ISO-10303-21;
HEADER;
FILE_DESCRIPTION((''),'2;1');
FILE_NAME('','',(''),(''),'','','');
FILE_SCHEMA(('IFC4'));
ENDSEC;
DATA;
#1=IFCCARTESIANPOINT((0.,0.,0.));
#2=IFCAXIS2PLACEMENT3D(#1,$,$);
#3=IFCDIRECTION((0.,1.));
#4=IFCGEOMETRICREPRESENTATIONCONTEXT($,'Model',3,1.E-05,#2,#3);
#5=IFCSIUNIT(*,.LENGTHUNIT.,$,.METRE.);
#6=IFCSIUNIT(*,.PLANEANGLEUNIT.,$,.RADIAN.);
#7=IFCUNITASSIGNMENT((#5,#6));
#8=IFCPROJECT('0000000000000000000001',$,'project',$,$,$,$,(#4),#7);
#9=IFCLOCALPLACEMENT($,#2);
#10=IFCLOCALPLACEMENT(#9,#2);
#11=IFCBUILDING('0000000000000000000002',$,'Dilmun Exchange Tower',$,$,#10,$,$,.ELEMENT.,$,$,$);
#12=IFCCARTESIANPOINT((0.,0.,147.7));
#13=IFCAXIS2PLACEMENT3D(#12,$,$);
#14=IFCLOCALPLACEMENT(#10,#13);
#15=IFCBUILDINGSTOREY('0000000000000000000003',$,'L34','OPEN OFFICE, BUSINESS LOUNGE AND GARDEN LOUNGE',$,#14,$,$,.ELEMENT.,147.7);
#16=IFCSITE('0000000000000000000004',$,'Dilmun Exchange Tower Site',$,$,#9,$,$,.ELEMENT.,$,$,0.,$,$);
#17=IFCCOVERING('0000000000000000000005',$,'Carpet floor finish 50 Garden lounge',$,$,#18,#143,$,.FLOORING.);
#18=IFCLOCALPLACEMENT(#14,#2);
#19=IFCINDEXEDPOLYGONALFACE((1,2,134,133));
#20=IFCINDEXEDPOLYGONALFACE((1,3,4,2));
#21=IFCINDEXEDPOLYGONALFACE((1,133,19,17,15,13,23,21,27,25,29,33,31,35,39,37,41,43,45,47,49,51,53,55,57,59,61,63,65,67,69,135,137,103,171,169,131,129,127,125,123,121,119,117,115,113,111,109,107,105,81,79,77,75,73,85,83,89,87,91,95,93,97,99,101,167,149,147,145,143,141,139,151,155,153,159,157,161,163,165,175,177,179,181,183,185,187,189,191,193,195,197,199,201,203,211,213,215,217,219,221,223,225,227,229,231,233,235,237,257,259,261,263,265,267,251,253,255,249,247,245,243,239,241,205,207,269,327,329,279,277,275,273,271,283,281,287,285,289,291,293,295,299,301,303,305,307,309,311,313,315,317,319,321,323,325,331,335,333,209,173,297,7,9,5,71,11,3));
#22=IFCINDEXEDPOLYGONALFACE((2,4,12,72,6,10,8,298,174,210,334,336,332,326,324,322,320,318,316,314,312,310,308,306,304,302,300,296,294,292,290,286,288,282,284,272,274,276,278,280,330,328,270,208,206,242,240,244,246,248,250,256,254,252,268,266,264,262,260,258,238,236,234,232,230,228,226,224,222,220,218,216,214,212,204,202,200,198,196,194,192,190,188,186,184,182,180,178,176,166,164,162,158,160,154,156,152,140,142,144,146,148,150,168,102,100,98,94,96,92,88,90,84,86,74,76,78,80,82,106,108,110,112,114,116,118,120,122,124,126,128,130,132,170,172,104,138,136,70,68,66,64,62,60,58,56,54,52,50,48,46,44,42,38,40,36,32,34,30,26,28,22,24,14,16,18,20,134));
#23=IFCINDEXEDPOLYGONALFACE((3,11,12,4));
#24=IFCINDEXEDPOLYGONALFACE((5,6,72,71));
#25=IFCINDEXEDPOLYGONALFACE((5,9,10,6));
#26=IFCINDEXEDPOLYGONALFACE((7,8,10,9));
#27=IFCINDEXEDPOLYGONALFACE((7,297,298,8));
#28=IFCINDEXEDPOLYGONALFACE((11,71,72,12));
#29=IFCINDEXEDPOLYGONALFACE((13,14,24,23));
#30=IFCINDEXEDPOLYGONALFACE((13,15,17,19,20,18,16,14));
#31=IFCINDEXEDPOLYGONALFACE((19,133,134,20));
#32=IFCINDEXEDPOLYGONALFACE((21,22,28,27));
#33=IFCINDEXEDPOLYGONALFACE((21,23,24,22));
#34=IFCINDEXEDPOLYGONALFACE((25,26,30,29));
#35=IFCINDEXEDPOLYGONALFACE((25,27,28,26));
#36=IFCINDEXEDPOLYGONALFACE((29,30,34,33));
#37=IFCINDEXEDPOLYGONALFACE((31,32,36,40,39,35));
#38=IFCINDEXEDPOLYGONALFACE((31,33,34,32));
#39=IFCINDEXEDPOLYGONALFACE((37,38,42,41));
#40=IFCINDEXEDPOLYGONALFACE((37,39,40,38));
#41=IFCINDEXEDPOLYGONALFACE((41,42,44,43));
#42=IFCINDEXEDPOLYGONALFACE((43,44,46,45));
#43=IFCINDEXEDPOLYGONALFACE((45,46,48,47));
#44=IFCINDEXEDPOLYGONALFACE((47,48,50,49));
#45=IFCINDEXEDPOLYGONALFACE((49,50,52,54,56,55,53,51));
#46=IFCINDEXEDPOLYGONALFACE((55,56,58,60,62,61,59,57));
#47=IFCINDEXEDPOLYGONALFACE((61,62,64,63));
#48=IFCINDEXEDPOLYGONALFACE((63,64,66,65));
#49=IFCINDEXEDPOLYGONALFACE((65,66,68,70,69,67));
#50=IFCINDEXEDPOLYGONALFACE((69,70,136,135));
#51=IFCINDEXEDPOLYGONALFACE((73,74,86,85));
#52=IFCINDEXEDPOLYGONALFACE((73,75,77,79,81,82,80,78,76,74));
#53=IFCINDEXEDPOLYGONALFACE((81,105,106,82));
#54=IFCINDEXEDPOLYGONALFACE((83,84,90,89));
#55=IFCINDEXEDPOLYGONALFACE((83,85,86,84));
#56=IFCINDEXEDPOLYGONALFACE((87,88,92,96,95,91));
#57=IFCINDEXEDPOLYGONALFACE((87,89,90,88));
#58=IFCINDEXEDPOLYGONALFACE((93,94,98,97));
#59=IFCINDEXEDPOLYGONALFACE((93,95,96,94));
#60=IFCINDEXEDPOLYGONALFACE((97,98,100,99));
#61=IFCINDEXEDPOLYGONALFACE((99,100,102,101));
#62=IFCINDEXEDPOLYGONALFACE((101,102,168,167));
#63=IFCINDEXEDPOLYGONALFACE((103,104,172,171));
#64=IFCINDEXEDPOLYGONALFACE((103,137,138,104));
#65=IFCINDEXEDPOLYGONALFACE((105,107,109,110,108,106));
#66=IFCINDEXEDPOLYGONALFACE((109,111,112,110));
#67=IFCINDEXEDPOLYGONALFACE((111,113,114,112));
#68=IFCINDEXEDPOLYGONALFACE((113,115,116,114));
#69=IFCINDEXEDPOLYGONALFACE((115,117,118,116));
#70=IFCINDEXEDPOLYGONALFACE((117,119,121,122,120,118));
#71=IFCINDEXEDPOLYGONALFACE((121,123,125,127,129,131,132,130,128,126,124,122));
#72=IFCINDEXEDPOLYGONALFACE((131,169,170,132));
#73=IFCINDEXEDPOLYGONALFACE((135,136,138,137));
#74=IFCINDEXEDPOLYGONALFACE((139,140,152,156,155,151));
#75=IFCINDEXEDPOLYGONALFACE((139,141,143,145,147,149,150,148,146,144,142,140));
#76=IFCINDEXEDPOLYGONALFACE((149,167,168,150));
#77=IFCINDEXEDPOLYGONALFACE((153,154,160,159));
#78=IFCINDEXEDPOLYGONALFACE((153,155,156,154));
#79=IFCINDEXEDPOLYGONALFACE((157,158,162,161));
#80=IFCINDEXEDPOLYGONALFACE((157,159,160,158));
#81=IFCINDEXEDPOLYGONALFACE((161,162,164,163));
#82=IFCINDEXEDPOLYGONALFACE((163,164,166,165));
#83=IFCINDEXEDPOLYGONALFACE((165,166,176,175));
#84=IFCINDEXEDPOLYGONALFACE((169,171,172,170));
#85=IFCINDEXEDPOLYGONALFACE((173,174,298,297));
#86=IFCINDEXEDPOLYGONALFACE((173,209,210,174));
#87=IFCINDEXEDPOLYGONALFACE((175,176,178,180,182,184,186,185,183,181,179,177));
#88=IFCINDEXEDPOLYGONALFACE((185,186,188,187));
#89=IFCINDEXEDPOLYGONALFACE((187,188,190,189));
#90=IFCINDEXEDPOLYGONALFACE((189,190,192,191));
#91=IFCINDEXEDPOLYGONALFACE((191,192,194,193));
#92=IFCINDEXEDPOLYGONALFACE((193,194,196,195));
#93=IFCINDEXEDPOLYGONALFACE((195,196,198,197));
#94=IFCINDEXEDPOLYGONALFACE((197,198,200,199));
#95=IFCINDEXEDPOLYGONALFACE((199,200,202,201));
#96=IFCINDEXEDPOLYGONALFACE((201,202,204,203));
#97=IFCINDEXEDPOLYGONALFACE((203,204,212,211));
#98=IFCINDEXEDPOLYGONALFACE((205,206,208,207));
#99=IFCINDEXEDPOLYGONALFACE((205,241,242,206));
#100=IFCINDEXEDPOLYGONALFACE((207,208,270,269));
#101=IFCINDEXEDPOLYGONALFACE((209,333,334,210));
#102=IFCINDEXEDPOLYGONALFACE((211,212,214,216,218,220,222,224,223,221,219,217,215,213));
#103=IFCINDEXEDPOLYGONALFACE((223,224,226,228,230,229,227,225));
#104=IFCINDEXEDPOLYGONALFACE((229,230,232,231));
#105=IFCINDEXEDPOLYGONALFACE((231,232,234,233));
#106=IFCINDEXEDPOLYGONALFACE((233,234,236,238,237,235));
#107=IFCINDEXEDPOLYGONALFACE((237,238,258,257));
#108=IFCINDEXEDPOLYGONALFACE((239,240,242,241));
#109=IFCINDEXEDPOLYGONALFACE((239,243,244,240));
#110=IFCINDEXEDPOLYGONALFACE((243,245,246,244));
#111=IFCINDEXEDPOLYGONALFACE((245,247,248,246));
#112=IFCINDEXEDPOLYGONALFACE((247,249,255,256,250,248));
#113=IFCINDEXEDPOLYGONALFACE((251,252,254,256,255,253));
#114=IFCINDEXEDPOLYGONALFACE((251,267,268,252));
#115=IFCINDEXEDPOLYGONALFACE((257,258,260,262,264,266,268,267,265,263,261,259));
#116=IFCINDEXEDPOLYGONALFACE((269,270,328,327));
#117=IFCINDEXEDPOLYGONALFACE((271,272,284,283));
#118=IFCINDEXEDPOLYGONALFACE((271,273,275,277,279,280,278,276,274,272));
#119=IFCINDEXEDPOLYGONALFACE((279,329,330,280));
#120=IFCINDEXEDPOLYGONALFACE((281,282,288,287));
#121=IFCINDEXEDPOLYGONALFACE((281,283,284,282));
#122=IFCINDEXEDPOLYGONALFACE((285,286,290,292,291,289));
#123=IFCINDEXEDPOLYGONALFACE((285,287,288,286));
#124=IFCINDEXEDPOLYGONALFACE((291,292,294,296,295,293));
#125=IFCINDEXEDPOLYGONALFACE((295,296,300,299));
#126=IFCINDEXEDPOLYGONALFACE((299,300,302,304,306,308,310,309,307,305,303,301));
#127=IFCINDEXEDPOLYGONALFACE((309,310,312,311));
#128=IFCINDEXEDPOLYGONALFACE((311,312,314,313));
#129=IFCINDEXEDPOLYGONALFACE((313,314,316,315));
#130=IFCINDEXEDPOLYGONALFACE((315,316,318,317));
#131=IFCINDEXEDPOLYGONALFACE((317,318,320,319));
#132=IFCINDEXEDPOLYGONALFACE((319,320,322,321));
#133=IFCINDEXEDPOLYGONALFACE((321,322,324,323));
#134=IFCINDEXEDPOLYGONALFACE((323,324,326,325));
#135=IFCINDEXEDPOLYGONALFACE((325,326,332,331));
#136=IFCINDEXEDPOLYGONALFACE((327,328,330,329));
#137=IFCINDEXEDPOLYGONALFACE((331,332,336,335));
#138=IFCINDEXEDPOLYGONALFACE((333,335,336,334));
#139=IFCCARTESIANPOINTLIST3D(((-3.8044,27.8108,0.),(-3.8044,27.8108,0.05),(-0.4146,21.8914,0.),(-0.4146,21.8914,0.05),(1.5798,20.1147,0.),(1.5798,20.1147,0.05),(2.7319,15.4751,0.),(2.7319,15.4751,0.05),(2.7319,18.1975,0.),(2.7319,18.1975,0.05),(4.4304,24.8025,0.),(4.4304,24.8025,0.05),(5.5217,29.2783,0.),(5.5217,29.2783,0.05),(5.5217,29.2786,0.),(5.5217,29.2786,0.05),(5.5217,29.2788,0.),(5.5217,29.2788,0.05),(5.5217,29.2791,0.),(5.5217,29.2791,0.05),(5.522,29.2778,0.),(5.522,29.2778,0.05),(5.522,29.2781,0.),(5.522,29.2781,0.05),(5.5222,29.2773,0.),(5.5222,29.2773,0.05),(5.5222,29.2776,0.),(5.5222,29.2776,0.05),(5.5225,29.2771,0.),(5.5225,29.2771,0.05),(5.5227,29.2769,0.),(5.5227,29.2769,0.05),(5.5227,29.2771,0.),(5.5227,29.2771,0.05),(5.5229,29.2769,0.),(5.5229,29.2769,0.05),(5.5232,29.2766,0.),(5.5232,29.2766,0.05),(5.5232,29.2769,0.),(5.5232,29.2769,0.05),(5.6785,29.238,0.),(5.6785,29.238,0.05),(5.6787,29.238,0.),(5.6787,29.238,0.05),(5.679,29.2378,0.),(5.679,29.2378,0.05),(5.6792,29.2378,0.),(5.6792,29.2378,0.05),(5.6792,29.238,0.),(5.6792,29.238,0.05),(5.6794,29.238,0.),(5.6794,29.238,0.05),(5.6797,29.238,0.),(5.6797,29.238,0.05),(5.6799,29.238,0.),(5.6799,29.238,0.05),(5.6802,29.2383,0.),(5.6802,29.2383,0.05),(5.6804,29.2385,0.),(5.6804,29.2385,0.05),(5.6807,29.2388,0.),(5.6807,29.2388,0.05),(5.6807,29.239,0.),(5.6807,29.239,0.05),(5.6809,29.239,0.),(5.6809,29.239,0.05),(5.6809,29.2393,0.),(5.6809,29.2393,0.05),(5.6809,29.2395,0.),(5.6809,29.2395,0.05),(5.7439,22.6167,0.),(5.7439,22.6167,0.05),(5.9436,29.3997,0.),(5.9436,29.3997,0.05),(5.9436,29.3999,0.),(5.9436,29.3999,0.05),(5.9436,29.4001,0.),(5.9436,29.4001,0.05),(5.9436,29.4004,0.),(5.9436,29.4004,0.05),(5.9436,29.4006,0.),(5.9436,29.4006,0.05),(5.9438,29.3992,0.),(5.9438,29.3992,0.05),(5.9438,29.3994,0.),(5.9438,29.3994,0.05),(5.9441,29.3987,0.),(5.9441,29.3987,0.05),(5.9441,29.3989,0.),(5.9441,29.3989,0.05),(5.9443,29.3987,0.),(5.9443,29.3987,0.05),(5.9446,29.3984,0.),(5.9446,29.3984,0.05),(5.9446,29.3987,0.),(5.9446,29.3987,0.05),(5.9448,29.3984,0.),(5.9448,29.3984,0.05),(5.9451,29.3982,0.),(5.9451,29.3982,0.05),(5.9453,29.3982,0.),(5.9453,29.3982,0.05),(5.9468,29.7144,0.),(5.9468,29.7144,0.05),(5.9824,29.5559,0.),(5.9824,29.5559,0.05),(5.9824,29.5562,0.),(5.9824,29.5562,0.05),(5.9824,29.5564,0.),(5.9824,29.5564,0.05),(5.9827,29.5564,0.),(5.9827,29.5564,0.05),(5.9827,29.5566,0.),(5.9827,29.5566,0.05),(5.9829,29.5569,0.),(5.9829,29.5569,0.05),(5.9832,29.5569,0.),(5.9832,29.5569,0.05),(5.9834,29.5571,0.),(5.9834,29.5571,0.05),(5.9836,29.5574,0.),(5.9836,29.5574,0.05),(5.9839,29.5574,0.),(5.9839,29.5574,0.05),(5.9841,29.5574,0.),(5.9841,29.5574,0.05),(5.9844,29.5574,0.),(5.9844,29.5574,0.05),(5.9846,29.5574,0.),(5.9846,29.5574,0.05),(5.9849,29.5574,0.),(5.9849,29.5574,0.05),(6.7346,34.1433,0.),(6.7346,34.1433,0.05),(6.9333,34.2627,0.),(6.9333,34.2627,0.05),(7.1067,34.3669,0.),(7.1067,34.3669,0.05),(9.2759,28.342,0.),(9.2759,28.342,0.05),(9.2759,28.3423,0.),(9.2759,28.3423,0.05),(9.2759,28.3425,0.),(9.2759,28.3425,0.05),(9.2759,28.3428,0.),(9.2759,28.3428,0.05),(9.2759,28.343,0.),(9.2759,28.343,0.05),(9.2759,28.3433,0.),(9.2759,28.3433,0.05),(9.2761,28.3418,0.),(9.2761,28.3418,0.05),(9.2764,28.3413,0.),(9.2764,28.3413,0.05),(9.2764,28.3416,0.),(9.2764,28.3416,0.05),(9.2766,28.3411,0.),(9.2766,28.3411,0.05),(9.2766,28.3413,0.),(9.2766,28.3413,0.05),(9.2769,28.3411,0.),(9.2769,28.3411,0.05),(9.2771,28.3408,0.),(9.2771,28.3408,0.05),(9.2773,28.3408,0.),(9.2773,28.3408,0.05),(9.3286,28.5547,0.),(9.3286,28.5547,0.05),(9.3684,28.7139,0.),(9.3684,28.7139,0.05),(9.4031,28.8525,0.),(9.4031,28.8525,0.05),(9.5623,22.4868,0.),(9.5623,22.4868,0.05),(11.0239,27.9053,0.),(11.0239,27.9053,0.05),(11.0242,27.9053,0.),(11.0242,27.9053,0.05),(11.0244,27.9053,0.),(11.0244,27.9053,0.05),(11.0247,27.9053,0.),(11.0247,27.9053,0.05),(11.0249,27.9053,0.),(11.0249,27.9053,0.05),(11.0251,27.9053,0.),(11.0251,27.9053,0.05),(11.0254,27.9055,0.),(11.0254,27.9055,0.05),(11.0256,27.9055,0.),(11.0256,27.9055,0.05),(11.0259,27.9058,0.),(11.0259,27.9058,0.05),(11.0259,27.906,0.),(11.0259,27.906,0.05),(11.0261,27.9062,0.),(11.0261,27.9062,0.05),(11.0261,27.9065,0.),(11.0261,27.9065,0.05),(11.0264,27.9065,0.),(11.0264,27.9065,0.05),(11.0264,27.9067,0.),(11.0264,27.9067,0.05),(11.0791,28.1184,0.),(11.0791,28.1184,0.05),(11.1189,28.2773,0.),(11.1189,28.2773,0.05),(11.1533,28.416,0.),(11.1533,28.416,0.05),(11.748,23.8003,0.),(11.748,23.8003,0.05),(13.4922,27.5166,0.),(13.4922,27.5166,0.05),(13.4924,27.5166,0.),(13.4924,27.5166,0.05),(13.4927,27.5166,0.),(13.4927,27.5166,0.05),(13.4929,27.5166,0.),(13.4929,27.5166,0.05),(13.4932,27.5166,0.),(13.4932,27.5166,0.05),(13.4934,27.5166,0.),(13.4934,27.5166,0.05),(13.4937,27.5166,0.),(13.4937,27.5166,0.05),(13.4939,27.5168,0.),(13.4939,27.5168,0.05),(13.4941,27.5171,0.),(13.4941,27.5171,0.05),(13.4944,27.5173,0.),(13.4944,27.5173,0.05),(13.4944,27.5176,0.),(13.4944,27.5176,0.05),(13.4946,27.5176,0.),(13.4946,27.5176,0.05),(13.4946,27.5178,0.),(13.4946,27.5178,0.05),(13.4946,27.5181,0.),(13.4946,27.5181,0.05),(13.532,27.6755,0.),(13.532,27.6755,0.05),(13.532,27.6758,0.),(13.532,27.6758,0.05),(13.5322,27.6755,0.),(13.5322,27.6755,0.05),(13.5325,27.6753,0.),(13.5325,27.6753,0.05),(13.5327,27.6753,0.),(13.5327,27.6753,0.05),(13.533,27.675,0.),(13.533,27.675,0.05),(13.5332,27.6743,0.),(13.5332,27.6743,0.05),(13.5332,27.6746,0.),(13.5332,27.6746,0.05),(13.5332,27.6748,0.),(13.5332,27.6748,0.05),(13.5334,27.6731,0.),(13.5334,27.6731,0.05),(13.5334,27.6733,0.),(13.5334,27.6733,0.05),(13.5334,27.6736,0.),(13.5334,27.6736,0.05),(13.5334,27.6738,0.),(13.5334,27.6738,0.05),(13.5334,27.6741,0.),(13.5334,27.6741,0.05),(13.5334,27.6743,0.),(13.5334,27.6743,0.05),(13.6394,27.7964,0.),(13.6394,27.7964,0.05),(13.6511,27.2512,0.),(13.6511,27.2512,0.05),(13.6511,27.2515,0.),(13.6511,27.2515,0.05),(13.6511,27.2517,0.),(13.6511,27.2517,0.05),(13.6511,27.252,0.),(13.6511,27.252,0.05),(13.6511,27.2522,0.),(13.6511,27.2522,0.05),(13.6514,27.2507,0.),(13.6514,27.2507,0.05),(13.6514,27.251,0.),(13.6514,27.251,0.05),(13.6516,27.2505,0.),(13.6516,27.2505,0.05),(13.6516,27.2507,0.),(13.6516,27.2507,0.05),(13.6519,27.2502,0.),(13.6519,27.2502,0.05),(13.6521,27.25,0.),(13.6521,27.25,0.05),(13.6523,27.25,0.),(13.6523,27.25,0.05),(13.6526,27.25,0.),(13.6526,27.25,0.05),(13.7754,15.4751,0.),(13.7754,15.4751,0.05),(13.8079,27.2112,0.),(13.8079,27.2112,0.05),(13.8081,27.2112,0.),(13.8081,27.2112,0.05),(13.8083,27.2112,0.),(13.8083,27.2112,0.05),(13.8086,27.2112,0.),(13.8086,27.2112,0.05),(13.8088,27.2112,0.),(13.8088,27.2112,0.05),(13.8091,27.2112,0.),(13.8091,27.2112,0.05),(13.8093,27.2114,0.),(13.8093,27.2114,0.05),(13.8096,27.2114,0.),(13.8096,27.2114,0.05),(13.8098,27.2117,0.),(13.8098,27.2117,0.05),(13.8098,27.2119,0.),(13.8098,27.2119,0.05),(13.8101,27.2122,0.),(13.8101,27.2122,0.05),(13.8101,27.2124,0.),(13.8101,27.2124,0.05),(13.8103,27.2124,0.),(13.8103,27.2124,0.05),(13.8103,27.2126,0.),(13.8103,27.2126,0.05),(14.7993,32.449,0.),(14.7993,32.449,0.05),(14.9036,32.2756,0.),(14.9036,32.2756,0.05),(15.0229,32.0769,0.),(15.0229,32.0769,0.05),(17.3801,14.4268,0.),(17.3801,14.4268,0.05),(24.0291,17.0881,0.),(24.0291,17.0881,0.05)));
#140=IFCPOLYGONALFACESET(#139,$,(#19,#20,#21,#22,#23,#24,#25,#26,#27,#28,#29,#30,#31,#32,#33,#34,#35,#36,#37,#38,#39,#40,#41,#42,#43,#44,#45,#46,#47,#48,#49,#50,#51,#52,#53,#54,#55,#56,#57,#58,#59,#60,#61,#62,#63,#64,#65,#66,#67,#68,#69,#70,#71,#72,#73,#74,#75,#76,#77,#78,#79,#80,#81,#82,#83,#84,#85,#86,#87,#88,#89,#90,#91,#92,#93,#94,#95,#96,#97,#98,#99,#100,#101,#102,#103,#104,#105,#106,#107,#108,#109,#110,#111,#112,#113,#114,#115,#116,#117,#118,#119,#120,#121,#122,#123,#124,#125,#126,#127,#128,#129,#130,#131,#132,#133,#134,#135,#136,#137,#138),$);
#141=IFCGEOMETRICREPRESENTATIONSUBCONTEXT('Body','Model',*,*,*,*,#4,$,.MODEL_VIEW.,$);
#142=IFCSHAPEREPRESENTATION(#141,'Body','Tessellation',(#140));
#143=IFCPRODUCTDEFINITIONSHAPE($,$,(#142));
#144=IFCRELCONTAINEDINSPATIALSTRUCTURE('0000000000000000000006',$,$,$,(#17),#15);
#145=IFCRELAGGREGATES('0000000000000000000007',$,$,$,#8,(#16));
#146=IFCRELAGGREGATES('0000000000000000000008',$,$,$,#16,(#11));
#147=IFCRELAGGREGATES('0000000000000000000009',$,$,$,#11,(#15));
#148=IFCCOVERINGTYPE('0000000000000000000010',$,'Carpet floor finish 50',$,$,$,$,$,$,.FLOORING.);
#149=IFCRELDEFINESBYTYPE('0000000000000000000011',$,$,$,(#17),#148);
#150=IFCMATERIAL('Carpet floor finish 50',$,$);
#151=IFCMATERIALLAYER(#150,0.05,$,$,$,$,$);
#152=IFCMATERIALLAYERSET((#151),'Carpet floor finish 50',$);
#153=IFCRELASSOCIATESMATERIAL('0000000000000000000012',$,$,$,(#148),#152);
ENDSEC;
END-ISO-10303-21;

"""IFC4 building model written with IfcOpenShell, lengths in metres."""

from ifc_helpers import new_model, si_unit, direction, frame, origin, place, context, subcontext, project, spatial, polyline, outline, extrude, material, layer, layer_set, type_object, element, save


model = new_model("IFC4")

# Units and contexts
model_context = context("Model", 3, precision=1e-05, world=origin(), true_north=direction((0.0, 1.0)))
body_context = subcontext(model_context, "Body", "Model", "MODEL_VIEW")
ifc_project = project(units=[si_unit("LENGTHUNIT", "METRE"), si_unit("PLANEANGLEUNIT", "RADIAN")], contexts=[model_context])

# Site, building, storey
site_placement = place(None, origin())
site = spatial("IfcSite", under=ifc_project, at=site_placement, Name="Dilmun Exchange Tower Site", CompositionType="ELEMENT", RefElevation=0.0)
building_placement = place(site_placement, origin())
building = spatial("IfcBuilding", under=site, at=building_placement, Name="Dilmun Exchange Tower", CompositionType="ELEMENT")
storey_placement = place(building_placement, frame((0.0, 0.0, 147.7)))
storey = spatial("IfcBuildingStorey", under=building, at=storey_placement, Name="L34", Description="OPEN OFFICE, BUSINESS LOUNGE AND GARDEN LOUNGE", CompositionType="ELEMENT", Elevation=147.7)

# Covering
ifc_material_1 = material(Name="Carpet floor finish 50")
ifc_layer_1 = layer(ifc_material_1, 0.05)
ifc_layer_set_1 = layer_set([ifc_layer_1], Name="Carpet floor finish 50")
covering_type_1 = type_object("IfcCoveringType", Name="Carpet floor finish 50", PredefinedType="FLOORING", material=ifc_layer_set_1)
covering_1_placement = place(storey_placement, origin())
element("IfcCovering", 1, at=covering_1_placement, inside=storey, type_object=covering_type_1, Name="Carpet floor finish 50 Garden lounge", PredefinedType="FLOORING", context=body_context, shape_type="SweptSolid", body=[
    extrude(outline(polyline([(2.7319, 15.4751), (2.7319, 18.1975), (1.5798, 20.1147), (5.7439, 22.6167), (4.4304, 24.8025), (-0.4146, 21.8914), (-3.8044, 27.8108), (6.7346, 34.1433), (5.5217, 29.2791), (5.5217, 29.2788), (5.5217, 29.2788), (5.5217, 29.2786), (5.5217, 29.2783), (5.5217, 29.2783), (5.522, 29.2781), (5.522, 29.2778), (5.5222, 29.2776), (5.5222, 29.2776), (5.5222, 29.2773), (5.5225, 29.2771), (5.5227, 29.2771), (5.5227, 29.2769), (5.5229, 29.2769), (5.5232, 29.2769), (5.5232, 29.2766), (5.6785, 29.238), (5.6787, 29.238), (5.679, 29.2378), (5.6792, 29.2378), (5.6792, 29.238), (5.6794, 29.238), (5.6797, 29.238), (5.6799, 29.238), (5.6802, 29.2383), (5.6802, 29.2383), (5.6804, 29.2385), (5.6804, 29.2385), (5.6807, 29.2388), (5.6807, 29.239), (5.6809, 29.239), (5.6809, 29.2393), (5.6809, 29.2395), (6.9333, 34.2627), (7.1067, 34.3669), (5.9468, 29.7144), (9.4031, 28.8525), (9.3684, 28.7139), (5.9849, 29.5574), (5.9846, 29.5574), (5.9844, 29.5574), (5.9844, 29.5574), (5.9841, 29.5574), (5.9839, 29.5574), (5.9836, 29.5574), (5.9834, 29.5571), (5.9834, 29.5571), (5.9832, 29.5569), (5.9829, 29.5569), (5.9829, 29.5569), (5.9827, 29.5566), (5.9827, 29.5564), (5.9824, 29.5564), (5.9824, 29.5562), (5.9824, 29.5559), (5.9436, 29.4006), (5.9436, 29.4004), (5.9436, 29.4004), (5.9436, 29.4001), (5.9436, 29.3999), (5.9436, 29.3997), (5.9438, 29.3994), (5.9438, 29.3994), (5.9438, 29.3992), (5.9441, 29.3989), (5.9441, 29.3987), (5.9443, 29.3987), (5.9446, 29.3987), (5.9446, 29.3984), (5.9448, 29.3984), (5.9451, 29.3982), (5.9453, 29.3982), (9.3286, 28.5547), (9.2759, 28.3433), (9.2759, 28.343), (9.2759, 28.3428), (9.2759, 28.3425), (9.2759, 28.3423), (9.2759, 28.3423), (9.2759, 28.342), (9.2761, 28.3418), (9.2761, 28.3418), (9.2764, 28.3416), (9.2764, 28.3413), (9.2766, 28.3413), (9.2766, 28.3411), (9.2769, 28.3411), (9.2771, 28.3408), (9.2771, 28.3408), (9.2773, 28.3408), (11.0239, 27.9053), (11.0242, 27.9053), (11.0244, 27.9053), (11.0244, 27.9053), (11.0247, 27.9053), (11.0249, 27.9053), (11.0251, 27.9053), (11.0254, 27.9055), (11.0254, 27.9055), (11.0256, 27.9055), (11.0259, 27.9058), (11.0259, 27.906), (11.0259, 27.906), (11.0261, 27.9062), (11.0261, 27.9065), (11.0264, 27.9065), (11.0264, 27.9067), (11.0791, 28.1184), (13.4922, 27.5166), (13.4924, 27.5166), (13.4927, 27.5166), (13.4929, 27.5166), (13.4929, 27.5166), (13.4932, 27.5166), (13.4934, 27.5166), (13.4937, 27.5166), (13.4939, 27.5168), (13.4939, 27.5168), (13.4941, 27.5171), (13.4941, 27.5171), (13.4944, 27.5173), (13.4944, 27.5176), (13.4946, 27.5176), (13.4946, 27.5178), (13.4946, 27.5181), (13.5334, 27.6731), (13.5334, 27.6733), (13.5334, 27.6736), (13.5334, 27.6738), (13.5334, 27.6741), (13.5334, 27.6743), (13.5332, 27.6743), (13.5332, 27.6746), (13.5332, 27.6748), (13.5332, 27.6748), (13.533, 27.675), (13.5327, 27.6753), (13.5327, 27.6753), (13.5325, 27.6753), (13.5322, 27.6755), (13.532, 27.6755), (13.532, 27.6758), (11.1189, 28.2773), (11.1533, 28.416), (13.6394, 27.7964), (14.7993, 32.449), (14.9036, 32.2756), (13.6511, 27.2522), (13.6511, 27.2522), (13.6511, 27.252), (13.6511, 27.2517), (13.6511, 27.2517), (13.6511, 27.2515), (13.6511, 27.2512), (13.6514, 27.251), (13.6514, 27.2507), (13.6516, 27.2507), (13.6516, 27.2505), (13.6516, 27.2505), (13.6519, 27.2502), (13.6521, 27.25), (13.6521, 27.25), (13.6523, 27.25), (13.6526, 27.25), (13.8079, 27.2112), (13.8081, 27.2112), (13.8081, 27.2112), (13.8083, 27.2112), (13.8086, 27.2112), (13.8088, 27.2112), (13.8091, 27.2112), (13.8091, 27.2112), (13.8093, 27.2114), (13.8096, 27.2114), (13.8098, 27.2117), (13.8098, 27.2119), (13.8098, 27.2119), (13.8101, 27.2122), (13.8101, 27.2124), (13.8103, 27.2124), (13.8103, 27.2126), (15.0229, 32.0769), (24.0291, 17.0881), (17.3801, 14.4268), (11.748, 23.8003), (9.5623, 22.4868), (13.7754, 15.4751), (2.7319, 15.4751)])), origin(), (0.0, 0.0, 1.0), 0.05),
])

save(model, "model.ifc")
